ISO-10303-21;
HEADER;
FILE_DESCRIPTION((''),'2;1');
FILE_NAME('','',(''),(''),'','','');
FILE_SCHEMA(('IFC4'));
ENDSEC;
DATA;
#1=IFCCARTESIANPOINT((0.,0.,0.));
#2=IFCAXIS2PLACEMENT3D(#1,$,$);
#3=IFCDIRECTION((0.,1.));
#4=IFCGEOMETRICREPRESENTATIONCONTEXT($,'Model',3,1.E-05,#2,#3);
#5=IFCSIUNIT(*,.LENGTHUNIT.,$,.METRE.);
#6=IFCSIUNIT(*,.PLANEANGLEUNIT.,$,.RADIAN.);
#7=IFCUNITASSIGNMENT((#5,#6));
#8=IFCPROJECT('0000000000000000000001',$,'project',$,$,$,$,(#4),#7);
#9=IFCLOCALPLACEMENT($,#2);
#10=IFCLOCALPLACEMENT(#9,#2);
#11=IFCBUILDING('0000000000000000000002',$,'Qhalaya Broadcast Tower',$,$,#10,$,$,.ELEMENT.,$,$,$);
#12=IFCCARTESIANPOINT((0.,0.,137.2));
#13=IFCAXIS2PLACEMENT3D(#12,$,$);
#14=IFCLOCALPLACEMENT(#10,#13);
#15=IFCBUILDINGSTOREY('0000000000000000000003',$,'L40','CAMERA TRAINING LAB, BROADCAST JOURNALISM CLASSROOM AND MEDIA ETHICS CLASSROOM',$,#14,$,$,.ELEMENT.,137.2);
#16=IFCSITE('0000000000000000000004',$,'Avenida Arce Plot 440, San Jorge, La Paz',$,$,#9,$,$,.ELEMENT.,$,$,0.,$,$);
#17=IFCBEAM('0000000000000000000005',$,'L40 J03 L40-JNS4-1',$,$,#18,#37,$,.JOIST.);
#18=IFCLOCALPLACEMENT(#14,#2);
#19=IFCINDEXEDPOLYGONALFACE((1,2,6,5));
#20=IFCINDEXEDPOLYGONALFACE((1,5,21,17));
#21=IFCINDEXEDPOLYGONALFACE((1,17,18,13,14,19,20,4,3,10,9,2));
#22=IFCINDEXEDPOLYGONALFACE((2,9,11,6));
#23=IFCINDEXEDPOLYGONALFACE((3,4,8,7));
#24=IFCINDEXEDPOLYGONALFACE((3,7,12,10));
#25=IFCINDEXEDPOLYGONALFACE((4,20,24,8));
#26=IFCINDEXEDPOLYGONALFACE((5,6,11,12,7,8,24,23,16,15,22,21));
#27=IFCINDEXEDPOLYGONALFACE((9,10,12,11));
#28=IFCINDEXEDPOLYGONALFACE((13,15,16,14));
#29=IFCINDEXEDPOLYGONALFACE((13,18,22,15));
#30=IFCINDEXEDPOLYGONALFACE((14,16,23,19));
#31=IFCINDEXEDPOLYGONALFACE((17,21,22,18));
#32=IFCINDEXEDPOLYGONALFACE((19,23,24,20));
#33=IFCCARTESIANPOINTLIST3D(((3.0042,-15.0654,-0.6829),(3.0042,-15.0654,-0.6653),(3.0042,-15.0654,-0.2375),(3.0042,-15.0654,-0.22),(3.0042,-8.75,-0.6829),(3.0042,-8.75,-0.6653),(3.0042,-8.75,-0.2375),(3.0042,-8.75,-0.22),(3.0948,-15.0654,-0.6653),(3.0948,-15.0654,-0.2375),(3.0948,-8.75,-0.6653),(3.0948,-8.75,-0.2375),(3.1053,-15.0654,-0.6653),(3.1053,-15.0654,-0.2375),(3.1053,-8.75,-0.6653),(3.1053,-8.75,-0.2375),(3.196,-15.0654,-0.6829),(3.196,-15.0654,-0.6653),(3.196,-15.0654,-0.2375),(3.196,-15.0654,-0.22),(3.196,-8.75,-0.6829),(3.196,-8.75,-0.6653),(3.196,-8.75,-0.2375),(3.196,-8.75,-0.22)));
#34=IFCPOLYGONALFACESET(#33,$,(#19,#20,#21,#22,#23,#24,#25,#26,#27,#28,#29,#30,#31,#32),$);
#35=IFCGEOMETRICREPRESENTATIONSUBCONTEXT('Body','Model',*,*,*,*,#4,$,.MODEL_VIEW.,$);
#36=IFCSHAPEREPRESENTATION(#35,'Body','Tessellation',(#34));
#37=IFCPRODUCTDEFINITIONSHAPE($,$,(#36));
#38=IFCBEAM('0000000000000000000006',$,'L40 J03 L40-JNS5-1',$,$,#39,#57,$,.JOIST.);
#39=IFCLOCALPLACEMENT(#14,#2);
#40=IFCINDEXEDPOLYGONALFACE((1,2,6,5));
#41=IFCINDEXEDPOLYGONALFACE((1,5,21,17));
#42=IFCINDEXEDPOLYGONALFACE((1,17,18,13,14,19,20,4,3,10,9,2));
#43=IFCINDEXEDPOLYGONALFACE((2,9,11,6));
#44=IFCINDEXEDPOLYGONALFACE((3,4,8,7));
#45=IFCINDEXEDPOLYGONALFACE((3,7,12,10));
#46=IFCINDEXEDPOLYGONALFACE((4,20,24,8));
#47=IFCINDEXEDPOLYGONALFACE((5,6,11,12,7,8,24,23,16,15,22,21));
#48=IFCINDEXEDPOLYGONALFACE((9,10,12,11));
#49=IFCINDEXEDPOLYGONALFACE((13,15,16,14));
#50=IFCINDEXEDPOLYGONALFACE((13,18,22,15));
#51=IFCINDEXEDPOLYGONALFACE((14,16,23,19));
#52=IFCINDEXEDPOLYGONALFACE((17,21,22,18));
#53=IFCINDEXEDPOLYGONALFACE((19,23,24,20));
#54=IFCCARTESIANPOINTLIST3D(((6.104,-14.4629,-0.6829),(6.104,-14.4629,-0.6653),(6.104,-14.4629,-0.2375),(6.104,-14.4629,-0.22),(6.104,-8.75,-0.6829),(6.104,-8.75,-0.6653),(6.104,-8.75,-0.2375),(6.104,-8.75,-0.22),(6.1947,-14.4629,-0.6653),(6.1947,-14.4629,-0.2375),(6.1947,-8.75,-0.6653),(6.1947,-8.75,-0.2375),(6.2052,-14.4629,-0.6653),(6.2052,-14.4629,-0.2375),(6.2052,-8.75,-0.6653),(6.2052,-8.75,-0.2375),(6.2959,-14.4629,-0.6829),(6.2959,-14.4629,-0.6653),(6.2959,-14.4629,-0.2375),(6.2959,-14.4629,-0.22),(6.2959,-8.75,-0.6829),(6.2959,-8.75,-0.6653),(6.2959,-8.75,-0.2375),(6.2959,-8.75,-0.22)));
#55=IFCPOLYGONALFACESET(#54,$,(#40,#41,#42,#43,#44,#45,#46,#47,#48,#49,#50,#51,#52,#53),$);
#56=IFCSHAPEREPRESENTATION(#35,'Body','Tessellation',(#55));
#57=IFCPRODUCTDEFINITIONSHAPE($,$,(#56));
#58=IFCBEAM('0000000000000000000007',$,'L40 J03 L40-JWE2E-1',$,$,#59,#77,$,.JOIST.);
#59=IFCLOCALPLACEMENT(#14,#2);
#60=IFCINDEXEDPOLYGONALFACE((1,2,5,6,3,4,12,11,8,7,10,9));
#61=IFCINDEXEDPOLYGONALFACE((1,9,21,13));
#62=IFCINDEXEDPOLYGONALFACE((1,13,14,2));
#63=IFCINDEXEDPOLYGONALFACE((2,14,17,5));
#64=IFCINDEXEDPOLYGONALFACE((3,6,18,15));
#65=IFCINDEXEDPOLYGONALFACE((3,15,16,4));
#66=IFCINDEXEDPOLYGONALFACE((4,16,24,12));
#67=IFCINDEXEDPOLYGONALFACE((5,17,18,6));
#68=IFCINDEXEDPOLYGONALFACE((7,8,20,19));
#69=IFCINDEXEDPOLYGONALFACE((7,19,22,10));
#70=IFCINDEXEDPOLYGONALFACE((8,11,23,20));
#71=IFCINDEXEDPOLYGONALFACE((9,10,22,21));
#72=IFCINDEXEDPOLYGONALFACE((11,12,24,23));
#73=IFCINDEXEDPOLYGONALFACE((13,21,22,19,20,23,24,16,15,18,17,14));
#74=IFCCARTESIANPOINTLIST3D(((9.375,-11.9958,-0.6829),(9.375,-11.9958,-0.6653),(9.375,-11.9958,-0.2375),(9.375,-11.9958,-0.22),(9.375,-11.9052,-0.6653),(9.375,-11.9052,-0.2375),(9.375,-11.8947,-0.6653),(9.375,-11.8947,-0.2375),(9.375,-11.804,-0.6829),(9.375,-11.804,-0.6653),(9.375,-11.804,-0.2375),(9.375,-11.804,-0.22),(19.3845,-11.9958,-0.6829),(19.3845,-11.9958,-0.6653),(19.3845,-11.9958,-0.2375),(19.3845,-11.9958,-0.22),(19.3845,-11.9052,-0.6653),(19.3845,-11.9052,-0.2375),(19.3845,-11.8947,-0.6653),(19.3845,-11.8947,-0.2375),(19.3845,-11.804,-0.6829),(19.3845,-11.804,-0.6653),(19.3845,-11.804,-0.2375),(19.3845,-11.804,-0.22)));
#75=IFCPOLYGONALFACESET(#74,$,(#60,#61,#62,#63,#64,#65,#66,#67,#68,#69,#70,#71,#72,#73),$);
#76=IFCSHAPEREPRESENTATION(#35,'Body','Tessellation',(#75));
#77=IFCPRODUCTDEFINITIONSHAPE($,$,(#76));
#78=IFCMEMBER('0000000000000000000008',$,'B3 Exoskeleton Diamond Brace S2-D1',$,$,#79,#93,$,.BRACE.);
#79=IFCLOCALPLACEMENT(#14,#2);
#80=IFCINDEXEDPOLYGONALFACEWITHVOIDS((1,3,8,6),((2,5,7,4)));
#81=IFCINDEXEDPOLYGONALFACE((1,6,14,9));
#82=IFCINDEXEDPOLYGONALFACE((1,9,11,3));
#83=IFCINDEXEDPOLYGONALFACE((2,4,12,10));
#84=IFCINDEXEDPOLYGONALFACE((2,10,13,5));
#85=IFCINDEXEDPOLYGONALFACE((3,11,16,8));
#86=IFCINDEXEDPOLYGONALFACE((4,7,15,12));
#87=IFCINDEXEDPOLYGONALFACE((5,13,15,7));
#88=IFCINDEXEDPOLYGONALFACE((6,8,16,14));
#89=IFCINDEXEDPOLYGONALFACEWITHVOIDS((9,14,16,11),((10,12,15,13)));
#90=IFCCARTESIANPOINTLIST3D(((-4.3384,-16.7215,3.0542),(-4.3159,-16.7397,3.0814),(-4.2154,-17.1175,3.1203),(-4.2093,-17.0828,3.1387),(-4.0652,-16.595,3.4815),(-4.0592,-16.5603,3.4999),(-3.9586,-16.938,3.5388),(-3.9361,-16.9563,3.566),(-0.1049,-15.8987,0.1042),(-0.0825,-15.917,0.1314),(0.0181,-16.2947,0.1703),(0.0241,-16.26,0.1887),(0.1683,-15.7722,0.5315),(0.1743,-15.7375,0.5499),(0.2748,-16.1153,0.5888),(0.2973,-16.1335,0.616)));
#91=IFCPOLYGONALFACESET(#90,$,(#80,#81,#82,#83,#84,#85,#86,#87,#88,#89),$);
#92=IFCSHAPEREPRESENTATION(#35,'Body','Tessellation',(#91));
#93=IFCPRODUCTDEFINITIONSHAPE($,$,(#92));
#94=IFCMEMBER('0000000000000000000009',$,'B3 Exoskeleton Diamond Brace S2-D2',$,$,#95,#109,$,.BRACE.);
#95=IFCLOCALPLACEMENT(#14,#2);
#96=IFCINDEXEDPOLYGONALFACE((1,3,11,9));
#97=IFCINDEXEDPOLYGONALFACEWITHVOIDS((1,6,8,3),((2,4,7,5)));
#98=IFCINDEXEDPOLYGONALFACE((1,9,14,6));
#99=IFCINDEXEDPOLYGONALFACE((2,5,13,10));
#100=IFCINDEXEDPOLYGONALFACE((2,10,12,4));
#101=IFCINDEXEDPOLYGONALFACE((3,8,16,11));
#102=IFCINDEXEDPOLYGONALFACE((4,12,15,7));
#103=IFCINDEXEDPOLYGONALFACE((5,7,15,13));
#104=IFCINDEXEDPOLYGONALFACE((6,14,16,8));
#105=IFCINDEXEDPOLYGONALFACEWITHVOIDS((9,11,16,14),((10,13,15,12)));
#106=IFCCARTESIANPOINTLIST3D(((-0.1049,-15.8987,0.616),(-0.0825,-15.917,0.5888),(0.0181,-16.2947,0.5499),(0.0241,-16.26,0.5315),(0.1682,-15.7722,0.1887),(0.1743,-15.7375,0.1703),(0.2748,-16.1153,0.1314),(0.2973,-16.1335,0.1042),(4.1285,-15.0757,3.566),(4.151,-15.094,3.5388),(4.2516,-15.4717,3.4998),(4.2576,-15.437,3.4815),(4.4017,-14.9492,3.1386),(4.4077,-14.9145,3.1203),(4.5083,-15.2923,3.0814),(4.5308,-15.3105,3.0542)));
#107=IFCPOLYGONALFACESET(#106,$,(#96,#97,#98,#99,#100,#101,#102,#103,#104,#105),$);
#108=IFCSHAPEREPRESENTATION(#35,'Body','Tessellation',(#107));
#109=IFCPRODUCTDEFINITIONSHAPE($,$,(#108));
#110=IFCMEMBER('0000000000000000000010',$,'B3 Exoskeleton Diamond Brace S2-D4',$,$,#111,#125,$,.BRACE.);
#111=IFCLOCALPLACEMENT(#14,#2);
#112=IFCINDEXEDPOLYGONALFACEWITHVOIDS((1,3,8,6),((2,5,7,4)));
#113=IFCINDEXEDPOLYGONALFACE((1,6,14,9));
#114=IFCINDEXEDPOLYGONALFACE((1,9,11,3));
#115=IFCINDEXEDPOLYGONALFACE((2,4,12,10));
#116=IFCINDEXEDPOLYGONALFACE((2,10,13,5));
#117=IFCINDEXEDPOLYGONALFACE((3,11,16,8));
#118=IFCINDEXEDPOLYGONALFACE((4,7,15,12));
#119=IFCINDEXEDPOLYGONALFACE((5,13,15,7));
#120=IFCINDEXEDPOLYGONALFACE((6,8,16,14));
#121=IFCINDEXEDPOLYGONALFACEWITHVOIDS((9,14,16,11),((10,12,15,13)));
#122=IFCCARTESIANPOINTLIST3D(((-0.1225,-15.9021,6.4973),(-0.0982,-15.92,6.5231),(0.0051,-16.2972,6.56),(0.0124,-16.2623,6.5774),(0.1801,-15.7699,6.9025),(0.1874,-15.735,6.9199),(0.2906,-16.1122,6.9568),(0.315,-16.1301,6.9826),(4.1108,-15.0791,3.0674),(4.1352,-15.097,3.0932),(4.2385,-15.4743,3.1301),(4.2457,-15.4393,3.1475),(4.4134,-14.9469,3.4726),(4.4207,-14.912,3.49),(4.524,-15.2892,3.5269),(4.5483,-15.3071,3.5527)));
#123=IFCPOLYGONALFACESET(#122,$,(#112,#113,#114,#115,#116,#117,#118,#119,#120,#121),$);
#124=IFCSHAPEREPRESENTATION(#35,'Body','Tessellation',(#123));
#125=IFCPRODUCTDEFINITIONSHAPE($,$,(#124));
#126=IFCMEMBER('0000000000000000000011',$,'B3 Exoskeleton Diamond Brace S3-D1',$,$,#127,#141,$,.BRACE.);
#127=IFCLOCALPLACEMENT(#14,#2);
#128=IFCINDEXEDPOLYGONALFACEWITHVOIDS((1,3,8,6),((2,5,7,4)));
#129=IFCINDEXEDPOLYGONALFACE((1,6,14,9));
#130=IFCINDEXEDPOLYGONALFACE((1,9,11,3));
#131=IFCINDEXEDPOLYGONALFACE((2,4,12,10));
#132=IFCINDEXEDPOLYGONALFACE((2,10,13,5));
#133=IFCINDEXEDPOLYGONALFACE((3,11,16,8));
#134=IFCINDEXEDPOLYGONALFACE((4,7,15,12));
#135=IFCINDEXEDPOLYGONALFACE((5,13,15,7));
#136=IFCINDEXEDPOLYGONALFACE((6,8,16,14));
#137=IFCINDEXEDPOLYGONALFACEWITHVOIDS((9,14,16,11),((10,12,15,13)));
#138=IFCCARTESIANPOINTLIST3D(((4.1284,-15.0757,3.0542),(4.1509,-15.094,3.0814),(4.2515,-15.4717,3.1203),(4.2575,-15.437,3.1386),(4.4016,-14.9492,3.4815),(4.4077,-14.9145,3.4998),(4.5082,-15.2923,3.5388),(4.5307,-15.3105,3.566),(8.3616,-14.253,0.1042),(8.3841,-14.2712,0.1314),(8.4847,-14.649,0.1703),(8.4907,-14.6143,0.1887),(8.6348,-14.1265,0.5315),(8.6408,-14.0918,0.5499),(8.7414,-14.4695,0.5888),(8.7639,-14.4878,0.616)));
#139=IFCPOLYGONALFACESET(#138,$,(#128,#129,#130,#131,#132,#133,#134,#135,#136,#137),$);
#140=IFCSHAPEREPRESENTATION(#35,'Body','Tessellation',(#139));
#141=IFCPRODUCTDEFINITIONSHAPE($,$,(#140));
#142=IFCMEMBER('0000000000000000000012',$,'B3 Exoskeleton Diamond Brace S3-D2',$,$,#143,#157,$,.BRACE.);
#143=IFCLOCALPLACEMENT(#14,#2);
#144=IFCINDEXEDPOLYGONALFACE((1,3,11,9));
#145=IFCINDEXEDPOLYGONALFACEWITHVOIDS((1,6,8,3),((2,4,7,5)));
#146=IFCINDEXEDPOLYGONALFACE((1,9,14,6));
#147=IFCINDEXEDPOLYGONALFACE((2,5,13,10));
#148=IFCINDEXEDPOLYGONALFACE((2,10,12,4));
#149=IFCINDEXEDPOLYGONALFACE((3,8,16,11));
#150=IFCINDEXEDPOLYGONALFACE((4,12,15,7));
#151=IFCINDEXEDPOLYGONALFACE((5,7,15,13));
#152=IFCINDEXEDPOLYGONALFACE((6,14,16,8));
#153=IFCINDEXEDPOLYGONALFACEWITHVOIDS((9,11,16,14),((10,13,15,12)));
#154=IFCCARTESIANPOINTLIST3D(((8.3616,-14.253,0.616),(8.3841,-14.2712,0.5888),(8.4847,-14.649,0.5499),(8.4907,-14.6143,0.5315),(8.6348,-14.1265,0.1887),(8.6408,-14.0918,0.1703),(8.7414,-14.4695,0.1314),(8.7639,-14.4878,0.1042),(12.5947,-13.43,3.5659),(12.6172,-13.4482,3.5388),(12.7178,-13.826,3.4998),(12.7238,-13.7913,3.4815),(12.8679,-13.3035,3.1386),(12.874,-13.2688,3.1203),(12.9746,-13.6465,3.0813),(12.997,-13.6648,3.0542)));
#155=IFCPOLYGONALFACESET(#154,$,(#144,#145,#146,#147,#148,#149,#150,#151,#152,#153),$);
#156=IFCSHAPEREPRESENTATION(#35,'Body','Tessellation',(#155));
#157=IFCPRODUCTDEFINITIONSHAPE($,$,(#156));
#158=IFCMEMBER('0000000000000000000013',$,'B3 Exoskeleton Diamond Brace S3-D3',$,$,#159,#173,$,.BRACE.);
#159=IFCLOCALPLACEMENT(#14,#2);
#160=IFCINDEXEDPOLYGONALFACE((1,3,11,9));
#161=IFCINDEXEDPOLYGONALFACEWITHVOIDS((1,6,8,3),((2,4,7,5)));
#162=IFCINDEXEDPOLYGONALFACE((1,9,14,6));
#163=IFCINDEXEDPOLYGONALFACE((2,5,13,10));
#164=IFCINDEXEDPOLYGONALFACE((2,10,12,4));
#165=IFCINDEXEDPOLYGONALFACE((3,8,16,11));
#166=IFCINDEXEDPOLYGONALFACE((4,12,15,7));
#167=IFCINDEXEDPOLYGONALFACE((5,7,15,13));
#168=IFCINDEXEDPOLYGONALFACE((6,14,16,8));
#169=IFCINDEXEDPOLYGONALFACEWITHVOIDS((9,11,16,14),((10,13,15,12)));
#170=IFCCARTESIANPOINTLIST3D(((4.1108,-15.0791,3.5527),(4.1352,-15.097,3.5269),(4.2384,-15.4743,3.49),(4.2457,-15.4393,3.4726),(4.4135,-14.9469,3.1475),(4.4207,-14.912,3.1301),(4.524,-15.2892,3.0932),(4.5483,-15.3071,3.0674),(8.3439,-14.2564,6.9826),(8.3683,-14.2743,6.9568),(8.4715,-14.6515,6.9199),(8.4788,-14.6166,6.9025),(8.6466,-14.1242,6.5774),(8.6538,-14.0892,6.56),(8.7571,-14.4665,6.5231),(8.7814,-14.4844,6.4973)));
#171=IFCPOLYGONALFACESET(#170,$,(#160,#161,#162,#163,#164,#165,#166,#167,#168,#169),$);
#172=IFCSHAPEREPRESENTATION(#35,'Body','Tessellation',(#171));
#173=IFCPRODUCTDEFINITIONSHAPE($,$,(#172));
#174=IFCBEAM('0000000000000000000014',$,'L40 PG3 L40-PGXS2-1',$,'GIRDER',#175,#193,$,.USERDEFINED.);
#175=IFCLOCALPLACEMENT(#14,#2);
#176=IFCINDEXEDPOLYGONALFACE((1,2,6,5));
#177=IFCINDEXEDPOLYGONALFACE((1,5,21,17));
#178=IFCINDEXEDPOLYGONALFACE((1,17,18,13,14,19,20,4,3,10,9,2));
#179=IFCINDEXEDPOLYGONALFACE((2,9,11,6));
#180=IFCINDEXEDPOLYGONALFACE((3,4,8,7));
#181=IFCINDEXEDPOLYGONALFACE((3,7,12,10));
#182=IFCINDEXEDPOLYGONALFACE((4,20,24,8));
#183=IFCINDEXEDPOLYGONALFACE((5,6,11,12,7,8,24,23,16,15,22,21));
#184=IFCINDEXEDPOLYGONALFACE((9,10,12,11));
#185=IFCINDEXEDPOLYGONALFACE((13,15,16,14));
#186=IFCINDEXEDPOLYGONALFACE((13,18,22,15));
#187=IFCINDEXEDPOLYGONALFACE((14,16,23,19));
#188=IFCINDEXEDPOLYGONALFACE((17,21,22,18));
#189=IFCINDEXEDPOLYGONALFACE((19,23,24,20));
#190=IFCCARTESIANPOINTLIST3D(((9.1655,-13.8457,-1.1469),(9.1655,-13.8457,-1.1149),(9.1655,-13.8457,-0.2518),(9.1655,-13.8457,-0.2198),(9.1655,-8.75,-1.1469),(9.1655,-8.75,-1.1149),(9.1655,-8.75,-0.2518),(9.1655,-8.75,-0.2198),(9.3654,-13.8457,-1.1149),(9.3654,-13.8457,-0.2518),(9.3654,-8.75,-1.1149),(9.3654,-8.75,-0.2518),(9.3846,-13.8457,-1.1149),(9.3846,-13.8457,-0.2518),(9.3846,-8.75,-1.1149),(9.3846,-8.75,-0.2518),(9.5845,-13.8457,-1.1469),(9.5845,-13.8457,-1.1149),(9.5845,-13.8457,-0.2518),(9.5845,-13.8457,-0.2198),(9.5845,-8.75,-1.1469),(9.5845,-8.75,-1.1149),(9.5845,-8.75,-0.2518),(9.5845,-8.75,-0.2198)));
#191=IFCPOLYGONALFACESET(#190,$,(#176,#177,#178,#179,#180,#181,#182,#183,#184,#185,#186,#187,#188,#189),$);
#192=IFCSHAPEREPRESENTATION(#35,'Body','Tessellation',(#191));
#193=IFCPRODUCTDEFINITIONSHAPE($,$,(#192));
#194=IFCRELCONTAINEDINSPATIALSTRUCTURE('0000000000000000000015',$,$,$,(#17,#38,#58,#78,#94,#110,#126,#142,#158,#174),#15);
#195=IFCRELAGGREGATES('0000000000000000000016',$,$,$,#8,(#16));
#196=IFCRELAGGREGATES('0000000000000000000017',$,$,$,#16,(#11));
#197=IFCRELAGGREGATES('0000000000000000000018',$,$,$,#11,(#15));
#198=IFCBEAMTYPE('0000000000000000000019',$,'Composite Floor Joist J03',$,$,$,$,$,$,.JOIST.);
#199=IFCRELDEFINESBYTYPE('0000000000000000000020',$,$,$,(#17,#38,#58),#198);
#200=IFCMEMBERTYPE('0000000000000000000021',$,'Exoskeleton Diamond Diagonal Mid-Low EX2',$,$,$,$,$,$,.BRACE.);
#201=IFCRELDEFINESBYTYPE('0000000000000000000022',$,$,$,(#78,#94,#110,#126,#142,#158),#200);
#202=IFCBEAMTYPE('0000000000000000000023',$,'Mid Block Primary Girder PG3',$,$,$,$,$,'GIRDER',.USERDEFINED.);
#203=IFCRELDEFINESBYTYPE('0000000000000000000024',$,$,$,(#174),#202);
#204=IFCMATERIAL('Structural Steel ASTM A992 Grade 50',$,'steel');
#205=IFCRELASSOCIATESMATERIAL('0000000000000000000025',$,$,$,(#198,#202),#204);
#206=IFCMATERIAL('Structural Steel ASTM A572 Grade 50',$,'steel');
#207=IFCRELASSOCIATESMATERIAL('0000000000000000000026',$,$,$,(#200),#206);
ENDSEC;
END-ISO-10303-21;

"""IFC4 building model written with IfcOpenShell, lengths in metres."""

from ifc_helpers import new_model, si_unit, direction, frame, origin, origin_2d, place, context, subcontext, project, spatial, hollow_rectangle, i_section, extrude, material, material_profile, profile_set, type_object, element, save


model = new_model("IFC4")

# Units and contexts
model_context = context("Model", 3, precision=1e-05, world=origin(), true_north=direction((0.0, 1.0)))
body_context = subcontext(model_context, "Body", "Model", "MODEL_VIEW")
ifc_project = project(units=[si_unit("LENGTHUNIT", "METRE"), si_unit("PLANEANGLEUNIT", "RADIAN")], contexts=[model_context])

# Site, building, storey
site_placement = place(None, origin())
site = spatial("IfcSite", under=ifc_project, at=site_placement, Name="Avenida Arce Plot 440, San Jorge, La Paz", CompositionType="ELEMENT", RefElevation=0.0)
building_placement = place(site_placement, origin())
building = spatial("IfcBuilding", under=site, at=building_placement, Name="Qhalaya Broadcast Tower", CompositionType="ELEMENT")
storey_placement = place(building_placement, frame((0.0, 0.0, 137.2)))
storey = spatial("IfcBuildingStorey", under=building, at=storey_placement, Name="L40", Description="CAMERA TRAINING LAB, BROADCAST JOURNALISM CLASSROOM AND MEDIA ETHICS CLASSROOM", CompositionType="ELEMENT", Elevation=137.2)

# Beams
ifc_material_1 = material(Name="Structural Steel ASTM A992 Grade 50", Category="steel")
ifc_material_profile_1 = material_profile(ifc_material_1, i_section(OverallWidth=0.1919, OverallDepth=0.4629, WebThickness=0.0105, FlangeThickness=0.0176, at=origin_2d()), Name="W18X60")
ifc_profile_set_1 = profile_set([ifc_material_profile_1], Name="Structural Steel ASTM A992 Grade 50")
beam_type_1 = type_object("IfcBeamType", Name="Composite Floor Joist J03", PredefinedType="JOIST", material=ifc_profile_set_1)
beam_1_placement = place(storey_placement, frame((3.1001, -15.0654, -0.4514), z_axis=(0.0, 1.0, 0.0), x_axis=(-1.0, 0.0, 0.0)))
element("IfcBeam", 1, at=beam_1_placement, inside=storey, type_object=beam_type_1, Name="L40 J03 L40-JNS4-1", PredefinedType="JOIST", context=body_context, shape_type="SweptSolid", body=[
    extrude(i_section(OverallWidth=0.1919, OverallDepth=0.4629, WebThickness=0.0105, FlangeThickness=0.0176, at=origin_2d()), origin(), (0.0, 0.0, 1.0), 6.3154),
])
beam_2_placement = place(storey_placement, frame((6.2, -14.4629, -0.4514), z_axis=(0.0, 1.0, 0.0), x_axis=(-1.0, 0.0, 0.0)))
element("IfcBeam", 2, at=beam_2_placement, inside=storey, type_object=beam_type_1, Name="L40 J03 L40-JNS5-1", PredefinedType="JOIST", context=body_context, shape_type="SweptSolid", body=[
    extrude(i_section(OverallWidth=0.1919, OverallDepth=0.4629, WebThickness=0.0105, FlangeThickness=0.0176, at=origin_2d()), origin(), (0.0, 0.0, 1.0), 5.7129),
])
beam_3_placement = place(storey_placement, frame((9.375, -11.8999, -0.4514), z_axis=(1.0, 0.0, 0.0), x_axis=(0.0, 1.0, 0.0)))
element("IfcBeam", 3, at=beam_3_placement, inside=storey, type_object=beam_type_1, Name="L40 J03 L40-JWE2E-1", PredefinedType="JOIST", context=body_context, shape_type="SweptSolid", body=[
    extrude(i_section(OverallWidth=0.1919, OverallDepth=0.4629, WebThickness=0.0105, FlangeThickness=0.0176, at=origin_2d()), origin(), (0.0, 0.0, 1.0), 10.0095),
])

# Members
ifc_material_2 = material(Name="Structural Steel ASTM A572 Grade 50", Category="steel")
ifc_material_profile_2 = material_profile(ifc_material_2, hollow_rectangle(XDim=0.4199, YDim=0.55, WallThickness=0.0281, at=origin_2d()), Name="BOX 420x550x28")
ifc_profile_set_2 = profile_set([ifc_material_profile_2], Name="Structural Steel ASTM A572 Grade 50")
member_type = type_object("IfcMemberType", Name="Exoskeleton Diamond Diagonal Mid-Low EX2", PredefinedType="BRACE", material=ifc_profile_set_2)
for number, where, z_axis, x_axis, name in (
    (4, (0.0962, -16.0161, 0.3601), (-0.810217, -0.157464, 0.564582), (0.293022, -0.943046, 0.157489), "B3 Exoskeleton Diamond Brace S2-D1"),
    (5, (0.0962, -16.0161, 0.3601), (0.810211, 0.15751, 0.564578), (-0.293074, 0.943029, 0.15749), "B3 Exoskeleton Diamond Brace S2-D2"),
):
    element("IfcMember", number, at=place(storey_placement, frame(where, z_axis=z_axis, x_axis=x_axis)), inside=storey, type_object=member_type, Name=name, PredefinedType="BRACE", context=body_context, shape_type="SweptSolid", body=[
        extrude(hollow_rectangle(XDim=0.4199, YDim=0.55, WallThickness=0.0281, at=origin_2d()), origin(), (0.0, 0.0, 1.0), 5.2251),
    ])
member_1_placement = place(storey_placement, frame((4.3296, -15.1931, 3.3101), z_axis=(-0.76827, -0.149356, 0.622458), x_axis=(0.303915, -0.940922, 0.149337)))
element("IfcMember", 6, at=member_1_placement, inside=storey, type_object=member_type, Name="B3 Exoskeleton Diamond Brace S2-D4", PredefinedType="BRACE", context=body_context, shape_type="SweptSolid", body=[
    extrude(hollow_rectangle(XDim=0.4199, YDim=0.55, WallThickness=0.0281, at=origin_2d()), origin(), (0.0, 0.0, 1.0), 5.5103),
])
for number, where, z_axis, x_axis, name in (
    (7, (8.5627, -14.3704, 0.3601), (-0.810201, -0.15747, 0.564604), (0.293037, -0.943042, 0.157487), "B3 Exoskeleton Diamond Brace S3-D1"),
    (8, (8.5627, -14.3704, 0.3601), (0.810195, 0.157516, 0.564599), (-0.293088, 0.943026, 0.157487), "B3 Exoskeleton Diamond Brace S3-D2"),
):
    element("IfcMember", number, at=place(storey_placement, frame(where, z_axis=z_axis, x_axis=x_axis)), inside=storey, type_object=member_type, Name=name, PredefinedType="BRACE", context=body_context, shape_type="SweptSolid", body=[
        extrude(hollow_rectangle(XDim=0.4199, YDim=0.55, WallThickness=0.0281, at=origin_2d()), origin(), (0.0, 0.0, 1.0), 5.2249),
    ])
member_2_placement = place(storey_placement, frame((4.3296, -15.1931, 3.3101), z_axis=(0.768257, 0.149318, 0.622483), x_axis=(-0.303878, 0.940935, 0.149333)))
element("IfcMember", 9, at=member_2_placement, inside=storey, type_object=member_type, Name="B3 Exoskeleton Diamond Brace S3-D3", PredefinedType="BRACE", context=body_context, shape_type="SweptSolid", body=[
    extrude(hollow_rectangle(XDim=0.4199, YDim=0.55, WallThickness=0.0281, at=origin_2d()), origin(), (0.0, 0.0, 1.0), 5.51),
])

# Beam
ifc_material_profile_3 = material_profile(ifc_material_1, i_section(OverallWidth=0.4189, OverallDepth=0.927, WebThickness=0.0193, FlangeThickness=0.032, at=origin_2d()), Name="W36X231")
ifc_profile_set_3 = profile_set([ifc_material_profile_3], Name="Structural Steel ASTM A992 Grade 50")
beam_type_2 = type_object("IfcBeamType", Name="Mid Block Primary Girder PG3", ElementType="GIRDER", PredefinedType="USERDEFINED", material=ifc_profile_set_3)
beam_4_placement = place(storey_placement, frame((9.375, -13.8457, -0.6833), z_axis=(0.0, 1.0, 0.0), x_axis=(-1.0, 0.0, 0.0)))
element("IfcBeam", 10, at=beam_4_placement, inside=storey, type_object=beam_type_2, Name="L40 PG3 L40-PGXS2-1", ObjectType="GIRDER", PredefinedType="USERDEFINED", context=body_context, shape_type="SweptSolid", body=[
    extrude(i_section(OverallWidth=0.4189, OverallDepth=0.927, WebThickness=0.0193, FlangeThickness=0.032, at=origin_2d()), origin(), (0.0, 0.0, 1.0), 5.0957),
])

save(model, "model.ifc")
